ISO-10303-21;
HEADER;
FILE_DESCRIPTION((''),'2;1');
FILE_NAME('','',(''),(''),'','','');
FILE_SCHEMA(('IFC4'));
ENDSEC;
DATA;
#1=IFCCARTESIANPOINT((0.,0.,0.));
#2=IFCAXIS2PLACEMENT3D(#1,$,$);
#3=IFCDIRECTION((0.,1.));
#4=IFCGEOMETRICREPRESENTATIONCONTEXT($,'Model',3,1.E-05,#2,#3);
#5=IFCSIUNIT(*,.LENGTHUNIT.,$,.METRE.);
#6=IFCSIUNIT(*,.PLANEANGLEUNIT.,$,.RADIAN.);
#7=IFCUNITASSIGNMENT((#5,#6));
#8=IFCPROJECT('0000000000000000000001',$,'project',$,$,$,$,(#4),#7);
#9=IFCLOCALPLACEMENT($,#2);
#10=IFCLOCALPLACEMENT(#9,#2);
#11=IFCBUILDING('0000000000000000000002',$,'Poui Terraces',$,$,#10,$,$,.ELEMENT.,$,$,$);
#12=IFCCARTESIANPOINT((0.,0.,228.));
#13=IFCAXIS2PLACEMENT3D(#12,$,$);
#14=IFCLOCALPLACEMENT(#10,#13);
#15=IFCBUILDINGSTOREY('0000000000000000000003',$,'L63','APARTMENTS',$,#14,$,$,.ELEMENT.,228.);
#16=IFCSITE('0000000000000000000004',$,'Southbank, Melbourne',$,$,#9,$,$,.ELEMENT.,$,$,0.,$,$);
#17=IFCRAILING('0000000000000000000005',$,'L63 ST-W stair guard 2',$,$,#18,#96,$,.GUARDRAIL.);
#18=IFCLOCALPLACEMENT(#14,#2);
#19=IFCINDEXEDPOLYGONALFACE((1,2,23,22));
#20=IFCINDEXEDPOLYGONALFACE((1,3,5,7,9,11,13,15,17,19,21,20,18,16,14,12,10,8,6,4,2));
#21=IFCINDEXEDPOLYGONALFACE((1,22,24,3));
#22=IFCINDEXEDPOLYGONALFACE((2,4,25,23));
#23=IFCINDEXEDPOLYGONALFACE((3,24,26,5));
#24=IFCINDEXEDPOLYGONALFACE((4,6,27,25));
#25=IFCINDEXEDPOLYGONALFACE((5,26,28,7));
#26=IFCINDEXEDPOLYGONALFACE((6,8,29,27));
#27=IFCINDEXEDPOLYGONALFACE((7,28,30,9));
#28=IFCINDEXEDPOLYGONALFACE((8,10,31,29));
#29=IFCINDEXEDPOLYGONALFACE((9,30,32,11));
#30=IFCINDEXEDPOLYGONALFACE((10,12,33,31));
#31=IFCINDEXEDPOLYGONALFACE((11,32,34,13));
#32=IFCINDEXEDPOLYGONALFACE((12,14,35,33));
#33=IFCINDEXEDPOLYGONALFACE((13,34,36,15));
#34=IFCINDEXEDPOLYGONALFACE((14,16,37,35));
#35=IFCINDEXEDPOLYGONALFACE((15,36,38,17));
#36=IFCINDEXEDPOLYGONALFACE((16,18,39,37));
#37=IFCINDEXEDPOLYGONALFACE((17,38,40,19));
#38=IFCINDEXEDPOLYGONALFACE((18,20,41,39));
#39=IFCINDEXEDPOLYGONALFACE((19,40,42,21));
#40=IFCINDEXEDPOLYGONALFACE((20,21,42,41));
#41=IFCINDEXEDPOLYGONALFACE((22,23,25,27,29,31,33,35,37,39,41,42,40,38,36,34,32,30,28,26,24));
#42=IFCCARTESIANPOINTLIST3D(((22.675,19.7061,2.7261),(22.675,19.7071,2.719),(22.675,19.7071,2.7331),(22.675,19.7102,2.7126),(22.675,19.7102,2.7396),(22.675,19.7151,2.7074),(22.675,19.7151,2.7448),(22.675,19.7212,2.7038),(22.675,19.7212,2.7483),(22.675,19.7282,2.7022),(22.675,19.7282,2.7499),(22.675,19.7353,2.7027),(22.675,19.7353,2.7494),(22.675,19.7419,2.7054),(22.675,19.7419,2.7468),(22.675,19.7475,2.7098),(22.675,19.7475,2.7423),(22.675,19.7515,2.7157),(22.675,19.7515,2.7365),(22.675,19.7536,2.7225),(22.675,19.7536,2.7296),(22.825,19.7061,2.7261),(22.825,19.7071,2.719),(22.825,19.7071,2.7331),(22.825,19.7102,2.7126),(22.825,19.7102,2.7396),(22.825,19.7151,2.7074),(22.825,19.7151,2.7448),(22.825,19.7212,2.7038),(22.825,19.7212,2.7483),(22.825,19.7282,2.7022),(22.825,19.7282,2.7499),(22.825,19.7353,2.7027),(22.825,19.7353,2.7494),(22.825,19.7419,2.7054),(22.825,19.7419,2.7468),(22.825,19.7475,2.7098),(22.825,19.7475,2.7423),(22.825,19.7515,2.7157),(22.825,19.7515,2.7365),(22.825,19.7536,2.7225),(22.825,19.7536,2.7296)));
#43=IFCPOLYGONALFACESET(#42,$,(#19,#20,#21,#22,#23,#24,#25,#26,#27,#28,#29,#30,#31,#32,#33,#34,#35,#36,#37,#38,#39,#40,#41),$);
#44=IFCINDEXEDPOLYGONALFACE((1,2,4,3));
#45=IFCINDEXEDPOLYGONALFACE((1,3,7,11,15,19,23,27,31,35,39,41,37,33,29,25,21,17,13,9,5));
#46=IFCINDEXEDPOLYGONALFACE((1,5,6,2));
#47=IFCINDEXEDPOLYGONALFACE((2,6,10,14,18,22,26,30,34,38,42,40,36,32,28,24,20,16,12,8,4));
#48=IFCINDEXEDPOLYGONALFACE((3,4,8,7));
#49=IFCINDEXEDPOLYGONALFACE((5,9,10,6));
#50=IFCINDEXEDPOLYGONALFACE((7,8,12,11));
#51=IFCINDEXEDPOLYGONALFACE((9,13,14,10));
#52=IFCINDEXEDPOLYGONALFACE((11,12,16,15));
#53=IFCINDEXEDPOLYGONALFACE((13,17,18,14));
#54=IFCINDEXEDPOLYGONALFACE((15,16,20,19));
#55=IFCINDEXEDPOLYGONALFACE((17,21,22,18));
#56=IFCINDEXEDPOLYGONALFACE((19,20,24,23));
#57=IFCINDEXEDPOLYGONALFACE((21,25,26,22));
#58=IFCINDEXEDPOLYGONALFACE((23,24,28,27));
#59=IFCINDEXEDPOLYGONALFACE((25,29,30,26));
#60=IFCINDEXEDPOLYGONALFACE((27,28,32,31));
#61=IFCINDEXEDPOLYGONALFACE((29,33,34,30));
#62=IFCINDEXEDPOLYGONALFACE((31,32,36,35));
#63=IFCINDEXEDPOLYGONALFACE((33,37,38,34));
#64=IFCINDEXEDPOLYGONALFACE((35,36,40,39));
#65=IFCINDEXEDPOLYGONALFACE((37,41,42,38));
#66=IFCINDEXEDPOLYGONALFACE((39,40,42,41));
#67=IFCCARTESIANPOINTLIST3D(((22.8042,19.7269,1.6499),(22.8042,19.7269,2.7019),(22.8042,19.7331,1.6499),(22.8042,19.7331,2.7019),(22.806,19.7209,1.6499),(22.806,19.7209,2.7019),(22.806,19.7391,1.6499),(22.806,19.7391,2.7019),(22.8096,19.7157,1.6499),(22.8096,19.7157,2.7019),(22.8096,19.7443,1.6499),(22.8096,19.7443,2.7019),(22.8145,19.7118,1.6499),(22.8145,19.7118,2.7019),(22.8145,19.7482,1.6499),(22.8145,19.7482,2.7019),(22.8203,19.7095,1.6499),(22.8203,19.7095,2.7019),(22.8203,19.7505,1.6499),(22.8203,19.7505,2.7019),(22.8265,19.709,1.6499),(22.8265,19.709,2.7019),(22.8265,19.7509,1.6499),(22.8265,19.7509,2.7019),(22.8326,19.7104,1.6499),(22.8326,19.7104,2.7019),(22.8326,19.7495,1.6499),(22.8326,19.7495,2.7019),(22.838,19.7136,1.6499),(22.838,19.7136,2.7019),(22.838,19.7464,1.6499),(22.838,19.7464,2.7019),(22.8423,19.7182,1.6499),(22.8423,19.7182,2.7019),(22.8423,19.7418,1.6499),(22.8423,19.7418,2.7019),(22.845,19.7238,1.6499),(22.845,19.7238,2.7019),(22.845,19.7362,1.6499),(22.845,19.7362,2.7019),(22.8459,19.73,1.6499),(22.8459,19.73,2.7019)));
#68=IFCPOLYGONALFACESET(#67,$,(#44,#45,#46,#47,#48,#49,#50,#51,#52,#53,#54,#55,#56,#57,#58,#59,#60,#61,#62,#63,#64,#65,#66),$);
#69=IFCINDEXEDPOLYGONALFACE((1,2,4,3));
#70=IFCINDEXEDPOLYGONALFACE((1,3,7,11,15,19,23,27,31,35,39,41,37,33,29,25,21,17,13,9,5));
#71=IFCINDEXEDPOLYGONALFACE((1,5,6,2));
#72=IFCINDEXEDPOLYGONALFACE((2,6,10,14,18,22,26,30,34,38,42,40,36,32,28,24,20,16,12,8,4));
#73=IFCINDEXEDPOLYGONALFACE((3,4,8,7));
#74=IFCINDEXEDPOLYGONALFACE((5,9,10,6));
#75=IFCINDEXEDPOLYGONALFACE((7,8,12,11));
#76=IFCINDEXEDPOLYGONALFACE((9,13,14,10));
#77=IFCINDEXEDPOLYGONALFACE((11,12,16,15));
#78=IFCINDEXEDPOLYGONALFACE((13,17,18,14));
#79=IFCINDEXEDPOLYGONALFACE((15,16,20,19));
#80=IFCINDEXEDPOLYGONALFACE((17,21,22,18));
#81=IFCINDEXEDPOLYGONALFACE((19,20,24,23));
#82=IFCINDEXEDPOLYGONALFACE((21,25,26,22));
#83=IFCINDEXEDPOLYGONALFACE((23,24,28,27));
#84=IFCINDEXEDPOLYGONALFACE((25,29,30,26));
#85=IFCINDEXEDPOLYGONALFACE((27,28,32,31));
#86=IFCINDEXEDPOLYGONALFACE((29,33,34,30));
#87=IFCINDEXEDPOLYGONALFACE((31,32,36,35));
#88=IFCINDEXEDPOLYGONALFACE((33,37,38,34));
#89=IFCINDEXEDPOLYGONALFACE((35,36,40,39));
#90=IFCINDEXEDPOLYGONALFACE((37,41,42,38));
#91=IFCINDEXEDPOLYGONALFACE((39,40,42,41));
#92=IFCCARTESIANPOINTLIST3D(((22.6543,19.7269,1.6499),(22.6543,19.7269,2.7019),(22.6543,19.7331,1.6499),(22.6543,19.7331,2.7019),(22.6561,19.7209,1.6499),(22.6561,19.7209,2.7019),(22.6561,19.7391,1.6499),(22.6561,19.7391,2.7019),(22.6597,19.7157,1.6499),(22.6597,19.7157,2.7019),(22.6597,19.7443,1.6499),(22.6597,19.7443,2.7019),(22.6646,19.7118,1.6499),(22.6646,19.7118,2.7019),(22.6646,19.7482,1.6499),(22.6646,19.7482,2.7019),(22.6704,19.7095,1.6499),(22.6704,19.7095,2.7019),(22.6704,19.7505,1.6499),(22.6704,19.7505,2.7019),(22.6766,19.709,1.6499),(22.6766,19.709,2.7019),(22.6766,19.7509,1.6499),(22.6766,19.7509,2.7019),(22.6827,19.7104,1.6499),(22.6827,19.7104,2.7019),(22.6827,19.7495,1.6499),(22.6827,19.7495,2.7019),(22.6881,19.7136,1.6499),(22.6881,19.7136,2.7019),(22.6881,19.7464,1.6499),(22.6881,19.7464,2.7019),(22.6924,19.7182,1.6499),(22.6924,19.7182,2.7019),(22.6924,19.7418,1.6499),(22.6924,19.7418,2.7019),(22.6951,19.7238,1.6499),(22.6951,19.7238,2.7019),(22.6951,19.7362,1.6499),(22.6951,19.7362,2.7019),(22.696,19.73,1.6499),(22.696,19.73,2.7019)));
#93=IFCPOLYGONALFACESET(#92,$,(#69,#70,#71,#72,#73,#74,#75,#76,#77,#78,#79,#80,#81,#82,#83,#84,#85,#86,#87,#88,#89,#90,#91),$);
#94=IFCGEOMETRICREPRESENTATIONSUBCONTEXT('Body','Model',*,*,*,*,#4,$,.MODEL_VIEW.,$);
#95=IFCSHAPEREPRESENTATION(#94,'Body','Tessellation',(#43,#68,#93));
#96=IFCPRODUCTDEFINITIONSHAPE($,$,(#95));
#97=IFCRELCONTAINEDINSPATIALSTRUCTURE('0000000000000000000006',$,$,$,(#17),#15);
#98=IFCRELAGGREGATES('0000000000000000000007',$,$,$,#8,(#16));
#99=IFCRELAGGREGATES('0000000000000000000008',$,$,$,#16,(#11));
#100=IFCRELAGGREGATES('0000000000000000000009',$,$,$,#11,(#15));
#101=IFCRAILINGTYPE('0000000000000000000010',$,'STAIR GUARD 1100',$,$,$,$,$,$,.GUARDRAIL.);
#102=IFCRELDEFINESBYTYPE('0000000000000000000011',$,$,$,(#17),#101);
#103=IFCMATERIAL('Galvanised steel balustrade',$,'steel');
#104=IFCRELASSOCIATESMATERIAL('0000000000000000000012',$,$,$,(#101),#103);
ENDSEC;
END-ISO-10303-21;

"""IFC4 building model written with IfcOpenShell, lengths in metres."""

from ifc_helpers import new_model, si_unit, direction, frame, origin, origin_2d, place, context, subcontext, project, spatial, circle, extrude, material, type_object, element, save


model = new_model("IFC4")

# Units and contexts
model_context = context("Model", 3, precision=1e-05, world=origin(), true_north=direction((0.0, 1.0)))
body_context = subcontext(model_context, "Body", "Model", "MODEL_VIEW")
ifc_project = project(units=[si_unit("LENGTHUNIT", "METRE"), si_unit("PLANEANGLEUNIT", "RADIAN")], contexts=[model_context])

# Site, building, storey
site_placement = place(None, origin())
site = spatial("IfcSite", under=ifc_project, at=site_placement, Name="Southbank, Melbourne", CompositionType="ELEMENT", RefElevation=0.0)
building_placement = place(site_placement, origin())
building = spatial("IfcBuilding", under=site, at=building_placement, Name="Poui Terraces", CompositionType="ELEMENT")
storey_placement = place(building_placement, frame((0.0, 0.0, 228.0)))
storey = spatial("IfcBuildingStorey", under=building, at=storey_placement, Name="L63", Description="APARTMENTS", CompositionType="ELEMENT", Elevation=228.0)

# Railing
ifc_material_1 = material(Name="Galvanised steel balustrade", Category="steel")
railing_type_1 = type_object("IfcRailingType", Name="STAIR GUARD 1100", PredefinedType="GUARDRAIL", material=ifc_material_1)
railing_1_placement = place(storey_placement, frame((22.825, 19.73, 1.6499)))
element("IfcRailing", 1, at=railing_1_placement, inside=storey, type_object=railing_type_1, Name="L63 ST-W stair guard 2", PredefinedType="GUARDRAIL", context=body_context, shape_type="SweptSolid", body=[
    extrude(circle(Radius=0.0239, at=origin_2d()), frame((0.0, 0.0, 1.0762), z_axis=(-1.0, 0.0, 0.0), x_axis=(0.0, -1.0, 0.0)), (0.0, 0.0, 1.0), 0.1499),
    extrude(circle(Radius=0.021, at=origin_2d()), origin(), (0.0, 0.0, 1.0), 1.052),
    extrude(circle(Radius=0.021, at=origin_2d()), frame((-0.1499, 0.0, 0.0)), (0.0, 0.0, 1.0), 1.052),
])

save(model, "model.ifc")
